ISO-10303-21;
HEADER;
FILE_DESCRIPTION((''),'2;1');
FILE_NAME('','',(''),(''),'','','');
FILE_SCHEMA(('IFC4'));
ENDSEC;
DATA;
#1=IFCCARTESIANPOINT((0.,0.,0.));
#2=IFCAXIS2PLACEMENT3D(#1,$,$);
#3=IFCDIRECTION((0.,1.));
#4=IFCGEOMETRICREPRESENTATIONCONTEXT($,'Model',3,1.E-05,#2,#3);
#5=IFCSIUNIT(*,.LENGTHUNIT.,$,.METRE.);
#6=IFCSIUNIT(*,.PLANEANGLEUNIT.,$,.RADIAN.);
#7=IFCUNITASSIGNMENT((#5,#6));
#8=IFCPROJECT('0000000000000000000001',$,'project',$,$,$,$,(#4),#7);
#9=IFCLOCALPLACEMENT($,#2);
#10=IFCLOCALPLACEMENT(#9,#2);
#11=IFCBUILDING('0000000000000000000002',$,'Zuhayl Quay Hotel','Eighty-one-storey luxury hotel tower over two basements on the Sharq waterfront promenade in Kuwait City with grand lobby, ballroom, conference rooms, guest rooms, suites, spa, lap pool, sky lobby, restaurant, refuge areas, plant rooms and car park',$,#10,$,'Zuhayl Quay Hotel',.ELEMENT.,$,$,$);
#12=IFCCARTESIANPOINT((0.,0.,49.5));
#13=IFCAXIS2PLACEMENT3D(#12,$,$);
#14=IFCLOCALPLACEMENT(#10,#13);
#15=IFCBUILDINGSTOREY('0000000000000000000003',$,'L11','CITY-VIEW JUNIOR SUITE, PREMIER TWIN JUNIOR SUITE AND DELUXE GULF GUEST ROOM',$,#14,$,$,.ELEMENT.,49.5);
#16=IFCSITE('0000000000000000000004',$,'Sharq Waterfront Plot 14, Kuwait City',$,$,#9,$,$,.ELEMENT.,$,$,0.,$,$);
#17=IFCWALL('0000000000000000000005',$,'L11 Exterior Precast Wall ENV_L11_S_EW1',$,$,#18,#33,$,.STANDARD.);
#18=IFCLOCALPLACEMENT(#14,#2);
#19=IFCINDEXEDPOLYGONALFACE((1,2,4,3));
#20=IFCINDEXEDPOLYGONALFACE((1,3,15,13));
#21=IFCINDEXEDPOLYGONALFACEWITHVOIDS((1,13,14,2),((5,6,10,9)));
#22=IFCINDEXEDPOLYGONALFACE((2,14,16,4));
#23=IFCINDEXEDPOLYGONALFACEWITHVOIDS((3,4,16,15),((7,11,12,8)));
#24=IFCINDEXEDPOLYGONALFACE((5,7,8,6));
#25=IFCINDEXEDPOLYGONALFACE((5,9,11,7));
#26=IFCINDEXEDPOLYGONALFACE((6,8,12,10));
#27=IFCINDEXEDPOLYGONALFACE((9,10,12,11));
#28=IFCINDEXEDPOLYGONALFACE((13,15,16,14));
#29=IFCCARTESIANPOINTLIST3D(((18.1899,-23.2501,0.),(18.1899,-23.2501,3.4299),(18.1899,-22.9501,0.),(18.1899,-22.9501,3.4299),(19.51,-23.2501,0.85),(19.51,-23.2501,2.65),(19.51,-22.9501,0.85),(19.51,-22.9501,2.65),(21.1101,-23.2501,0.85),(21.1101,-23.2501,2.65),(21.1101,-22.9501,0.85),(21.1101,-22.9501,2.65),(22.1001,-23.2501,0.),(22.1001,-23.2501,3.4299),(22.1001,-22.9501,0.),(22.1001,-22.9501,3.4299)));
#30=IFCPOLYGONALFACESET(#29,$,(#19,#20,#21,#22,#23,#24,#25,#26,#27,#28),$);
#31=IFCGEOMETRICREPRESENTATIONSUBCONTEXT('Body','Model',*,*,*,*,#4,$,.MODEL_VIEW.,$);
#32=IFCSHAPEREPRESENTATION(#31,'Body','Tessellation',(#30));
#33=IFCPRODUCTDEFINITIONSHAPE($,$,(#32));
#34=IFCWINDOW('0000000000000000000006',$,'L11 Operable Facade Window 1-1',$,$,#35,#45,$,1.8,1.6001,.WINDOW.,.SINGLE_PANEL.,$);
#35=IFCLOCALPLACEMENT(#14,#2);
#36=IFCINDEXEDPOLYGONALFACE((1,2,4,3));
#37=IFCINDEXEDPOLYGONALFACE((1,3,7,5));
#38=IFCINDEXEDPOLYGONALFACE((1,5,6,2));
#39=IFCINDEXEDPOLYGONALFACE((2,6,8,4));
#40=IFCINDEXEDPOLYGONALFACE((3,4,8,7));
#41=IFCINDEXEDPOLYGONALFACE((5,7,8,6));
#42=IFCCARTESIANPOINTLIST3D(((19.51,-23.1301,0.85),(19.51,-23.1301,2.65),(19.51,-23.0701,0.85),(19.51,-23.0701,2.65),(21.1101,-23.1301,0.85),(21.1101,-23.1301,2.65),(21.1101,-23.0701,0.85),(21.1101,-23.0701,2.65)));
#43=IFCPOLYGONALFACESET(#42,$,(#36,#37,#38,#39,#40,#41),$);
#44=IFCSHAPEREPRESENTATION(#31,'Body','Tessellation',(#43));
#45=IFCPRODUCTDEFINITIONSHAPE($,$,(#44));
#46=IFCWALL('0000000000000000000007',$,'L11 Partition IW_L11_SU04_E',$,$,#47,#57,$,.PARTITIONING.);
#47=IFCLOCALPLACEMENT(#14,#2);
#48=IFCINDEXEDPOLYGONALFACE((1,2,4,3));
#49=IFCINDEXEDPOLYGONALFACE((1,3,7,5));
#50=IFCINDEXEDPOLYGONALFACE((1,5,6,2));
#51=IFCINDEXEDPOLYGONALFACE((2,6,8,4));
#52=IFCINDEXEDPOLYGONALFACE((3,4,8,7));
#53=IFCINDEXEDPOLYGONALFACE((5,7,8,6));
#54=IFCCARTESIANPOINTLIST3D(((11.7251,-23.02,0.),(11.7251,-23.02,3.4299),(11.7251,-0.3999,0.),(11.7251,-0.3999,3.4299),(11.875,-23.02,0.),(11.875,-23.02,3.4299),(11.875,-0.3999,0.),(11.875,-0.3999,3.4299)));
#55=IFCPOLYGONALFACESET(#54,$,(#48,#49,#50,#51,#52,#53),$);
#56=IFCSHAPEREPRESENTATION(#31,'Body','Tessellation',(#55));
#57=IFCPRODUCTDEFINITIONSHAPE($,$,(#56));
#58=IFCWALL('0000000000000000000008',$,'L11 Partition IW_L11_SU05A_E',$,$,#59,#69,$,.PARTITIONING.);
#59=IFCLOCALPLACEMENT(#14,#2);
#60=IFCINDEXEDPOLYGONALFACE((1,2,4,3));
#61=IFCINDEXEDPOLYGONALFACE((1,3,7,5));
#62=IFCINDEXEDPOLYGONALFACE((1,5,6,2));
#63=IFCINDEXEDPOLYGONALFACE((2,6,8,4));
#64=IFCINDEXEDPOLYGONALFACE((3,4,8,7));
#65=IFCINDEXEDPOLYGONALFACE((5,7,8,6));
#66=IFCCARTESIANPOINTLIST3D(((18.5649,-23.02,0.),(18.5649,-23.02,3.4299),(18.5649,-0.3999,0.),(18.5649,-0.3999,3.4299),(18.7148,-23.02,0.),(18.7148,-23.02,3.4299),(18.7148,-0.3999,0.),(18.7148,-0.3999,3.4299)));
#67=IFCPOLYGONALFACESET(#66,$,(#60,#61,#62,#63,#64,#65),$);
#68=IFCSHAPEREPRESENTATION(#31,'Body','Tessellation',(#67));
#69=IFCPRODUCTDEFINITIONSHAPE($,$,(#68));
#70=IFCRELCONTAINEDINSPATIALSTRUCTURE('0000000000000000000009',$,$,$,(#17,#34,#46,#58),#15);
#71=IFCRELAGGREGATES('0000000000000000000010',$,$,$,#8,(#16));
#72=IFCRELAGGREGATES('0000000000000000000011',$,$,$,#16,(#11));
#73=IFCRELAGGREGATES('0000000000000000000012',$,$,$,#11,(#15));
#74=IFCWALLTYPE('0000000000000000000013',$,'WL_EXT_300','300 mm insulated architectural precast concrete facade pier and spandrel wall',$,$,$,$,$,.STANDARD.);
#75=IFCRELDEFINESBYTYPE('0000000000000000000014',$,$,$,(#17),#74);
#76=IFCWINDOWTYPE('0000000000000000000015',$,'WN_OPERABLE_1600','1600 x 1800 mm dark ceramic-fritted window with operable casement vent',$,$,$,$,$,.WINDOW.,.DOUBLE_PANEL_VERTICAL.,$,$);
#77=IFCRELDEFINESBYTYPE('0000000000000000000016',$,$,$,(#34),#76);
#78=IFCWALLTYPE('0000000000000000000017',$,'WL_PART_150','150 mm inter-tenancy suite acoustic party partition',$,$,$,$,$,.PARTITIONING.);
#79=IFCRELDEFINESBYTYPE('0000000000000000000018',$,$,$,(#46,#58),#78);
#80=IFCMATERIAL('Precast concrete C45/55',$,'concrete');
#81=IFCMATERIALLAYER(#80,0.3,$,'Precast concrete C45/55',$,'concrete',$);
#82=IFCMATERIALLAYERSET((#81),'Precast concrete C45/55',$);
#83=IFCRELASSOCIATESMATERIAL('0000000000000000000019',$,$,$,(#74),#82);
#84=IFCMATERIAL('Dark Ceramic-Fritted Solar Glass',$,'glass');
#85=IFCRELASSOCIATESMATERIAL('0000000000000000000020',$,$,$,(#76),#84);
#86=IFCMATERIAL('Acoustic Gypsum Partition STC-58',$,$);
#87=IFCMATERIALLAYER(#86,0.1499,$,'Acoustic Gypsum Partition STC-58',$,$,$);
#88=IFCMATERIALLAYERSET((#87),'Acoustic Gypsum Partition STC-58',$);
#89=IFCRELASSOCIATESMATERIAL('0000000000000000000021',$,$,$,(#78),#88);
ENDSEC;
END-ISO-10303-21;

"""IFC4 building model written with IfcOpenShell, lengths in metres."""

from ifc_helpers import new_model, si_unit, direction, frame, frame_2d, origin, place, context, subcontext, project, spatial, rectangle, extrude, material, layer, layer_set, type_object, element, fill, save


model = new_model("IFC4")

# Units and contexts
model_context = context("Model", 3, precision=1e-05, world=origin(), true_north=direction((0.0, 1.0)))
body_context = subcontext(model_context, "Body", "Model", "MODEL_VIEW")
ifc_project = project(units=[si_unit("LENGTHUNIT", "METRE"), si_unit("PLANEANGLEUNIT", "RADIAN")], contexts=[model_context])

# Site, building, storey
site_placement = place(None, origin())
site = spatial("IfcSite", under=ifc_project, at=site_placement, Name="Sharq Waterfront Plot 14, Kuwait City", CompositionType="ELEMENT", RefElevation=0.0)
building_placement = place(site_placement, origin())
building = spatial("IfcBuilding", under=site, at=building_placement, Name="Zuhayl Quay Hotel", Description="Eighty-one-storey luxury hotel tower over two basements on the Sharq waterfront promenade in Kuwait City with grand lobby, ballroom, conference rooms, guest rooms, suites, spa, lap pool, sky lobby, restaurant, refuge areas, plant rooms and car park", LongName="Zuhayl Quay Hotel", CompositionType="ELEMENT")
storey_placement = place(building_placement, frame((0.0, 0.0, 49.5)))
storey = spatial("IfcBuildingStorey", under=building, at=storey_placement, Name="L11", Description="CITY-VIEW JUNIOR SUITE, PREMIER TWIN JUNIOR SUITE AND DELUXE GULF GUEST ROOM", CompositionType="ELEMENT", Elevation=49.5)

# Shared definitions
ifc_material_1 = material(Name="Dark Ceramic-Fritted Solar Glass", Category="glass")

# Shared definitions
ifc_material_2 = material(Name="Precast concrete C45/55", Category="concrete")
ifc_layer_1 = layer(ifc_material_2, 0.3, Name="Precast concrete C45/55", Category="concrete")
ifc_layer_set_1 = layer_set([ifc_layer_1], Name="Precast concrete C45/55")
wall_type_1 = type_object("IfcWallType", Name="WL_EXT_300", Description="300 mm insulated architectural precast concrete facade pier and spandrel wall", PredefinedType="STANDARD", material=ifc_layer_set_1)

# Wall, opening, window
wall_1_placement = place(storey_placement, frame((22.1001, -23.1001, 0.0), z_axis=(0.0, 0.0, 1.0), x_axis=(-1.0, 0.0, 0.0)))
wall_1 = element("IfcWall", 1, at=wall_1_placement, inside=storey, type_object=wall_type_1, Name="L11 Exterior Precast Wall ENV_L11_S_EW1", PredefinedType="STANDARD", context=body_context, shape_type="SweptSolid", body=[
    extrude(rectangle(XDim=3.9102, YDim=0.3, at=frame_2d((1.9551, 0.0))), origin(), (0.0, 0.0, 1.0), 3.4299),
])
opening_placement = place(wall_1_placement, frame((0.99, 0.0, 0.8501)))
opening = element("IfcOpeningElement", 2, at=opening_placement, cuts=wall_1, PredefinedType="OPENING", context=body_context, shape_type="SweptSolid", body=[
    extrude(rectangle(XDim=1.6001, YDim=1.8, at=frame_2d((0.8, 0.8999))), frame((0.0, 0.1599, 0.0), z_axis=(0.0, -1.0, 0.0), x_axis=(1.0, 0.0, 0.0)), (0.0, 0.0, 1.0), 0.3201),
])
window_type = type_object("IfcWindowType", Name="WN_OPERABLE_1600", Description="1600 x 1800 mm dark ceramic-fritted window with operable casement vent", PartitioningType="DOUBLE_PANEL_VERTICAL", PredefinedType="WINDOW", material=ifc_material_1)
window_placement = place(opening_placement, origin())
window = element("IfcWindow", 3, at=window_placement, inside=storey, type_object=window_type, Name="L11 Operable Facade Window 1-1", OverallHeight=1.8, OverallWidth=1.6001, PartitioningType="SINGLE_PANEL", PredefinedType="WINDOW", context=body_context, shape_type="SweptSolid", body=[
    extrude(rectangle(XDim=1.6001, YDim=1.8, at=frame_2d((0.8, 0.8999))), frame((0.0, 0.03, 0.0), z_axis=(0.0, -1.0, 0.0), x_axis=(1.0, 0.0, 0.0)), (0.0, 0.0, 1.0), 0.0601),
])
fill(opening, window)

# Walls
ifc_material_3 = material(Name="Acoustic Gypsum Partition STC-58")
ifc_layer_2 = layer(ifc_material_3, 0.1499, Name="Acoustic Gypsum Partition STC-58")
ifc_layer_set_2 = layer_set([ifc_layer_2], Name="Acoustic Gypsum Partition STC-58")
wall_type_2 = type_object("IfcWallType", Name="WL_PART_150", Description="150 mm inter-tenancy suite acoustic party partition", PredefinedType="PARTITIONING", material=ifc_layer_set_2)
for number, where, z_axis, x_axis, name in (
    (4, (11.8, -23.02, 0.0), (0.0, 0.0, 1.0), (0.0, 1.0, 0.0), "L11 Partition IW_L11_SU04_E"),
    (5, (18.6399, -23.02, 0.0), (0.0, 0.0, 1.0), (0.0, 1.0, 0.0), "L11 Partition IW_L11_SU05A_E"),
):
    element("IfcWall", number, at=place(storey_placement, frame(where, z_axis=z_axis, x_axis=x_axis)), inside=storey, type_object=wall_type_2, Name=name, PredefinedType="PARTITIONING", context=body_context, shape_type="SweptSolid", body=[
        extrude(rectangle(XDim=22.6201, YDim=0.1499, at=frame_2d((11.3101, 0.0))), origin(), (0.0, 0.0, 1.0), 3.4299),
    ])

save(model, "model.ifc")
